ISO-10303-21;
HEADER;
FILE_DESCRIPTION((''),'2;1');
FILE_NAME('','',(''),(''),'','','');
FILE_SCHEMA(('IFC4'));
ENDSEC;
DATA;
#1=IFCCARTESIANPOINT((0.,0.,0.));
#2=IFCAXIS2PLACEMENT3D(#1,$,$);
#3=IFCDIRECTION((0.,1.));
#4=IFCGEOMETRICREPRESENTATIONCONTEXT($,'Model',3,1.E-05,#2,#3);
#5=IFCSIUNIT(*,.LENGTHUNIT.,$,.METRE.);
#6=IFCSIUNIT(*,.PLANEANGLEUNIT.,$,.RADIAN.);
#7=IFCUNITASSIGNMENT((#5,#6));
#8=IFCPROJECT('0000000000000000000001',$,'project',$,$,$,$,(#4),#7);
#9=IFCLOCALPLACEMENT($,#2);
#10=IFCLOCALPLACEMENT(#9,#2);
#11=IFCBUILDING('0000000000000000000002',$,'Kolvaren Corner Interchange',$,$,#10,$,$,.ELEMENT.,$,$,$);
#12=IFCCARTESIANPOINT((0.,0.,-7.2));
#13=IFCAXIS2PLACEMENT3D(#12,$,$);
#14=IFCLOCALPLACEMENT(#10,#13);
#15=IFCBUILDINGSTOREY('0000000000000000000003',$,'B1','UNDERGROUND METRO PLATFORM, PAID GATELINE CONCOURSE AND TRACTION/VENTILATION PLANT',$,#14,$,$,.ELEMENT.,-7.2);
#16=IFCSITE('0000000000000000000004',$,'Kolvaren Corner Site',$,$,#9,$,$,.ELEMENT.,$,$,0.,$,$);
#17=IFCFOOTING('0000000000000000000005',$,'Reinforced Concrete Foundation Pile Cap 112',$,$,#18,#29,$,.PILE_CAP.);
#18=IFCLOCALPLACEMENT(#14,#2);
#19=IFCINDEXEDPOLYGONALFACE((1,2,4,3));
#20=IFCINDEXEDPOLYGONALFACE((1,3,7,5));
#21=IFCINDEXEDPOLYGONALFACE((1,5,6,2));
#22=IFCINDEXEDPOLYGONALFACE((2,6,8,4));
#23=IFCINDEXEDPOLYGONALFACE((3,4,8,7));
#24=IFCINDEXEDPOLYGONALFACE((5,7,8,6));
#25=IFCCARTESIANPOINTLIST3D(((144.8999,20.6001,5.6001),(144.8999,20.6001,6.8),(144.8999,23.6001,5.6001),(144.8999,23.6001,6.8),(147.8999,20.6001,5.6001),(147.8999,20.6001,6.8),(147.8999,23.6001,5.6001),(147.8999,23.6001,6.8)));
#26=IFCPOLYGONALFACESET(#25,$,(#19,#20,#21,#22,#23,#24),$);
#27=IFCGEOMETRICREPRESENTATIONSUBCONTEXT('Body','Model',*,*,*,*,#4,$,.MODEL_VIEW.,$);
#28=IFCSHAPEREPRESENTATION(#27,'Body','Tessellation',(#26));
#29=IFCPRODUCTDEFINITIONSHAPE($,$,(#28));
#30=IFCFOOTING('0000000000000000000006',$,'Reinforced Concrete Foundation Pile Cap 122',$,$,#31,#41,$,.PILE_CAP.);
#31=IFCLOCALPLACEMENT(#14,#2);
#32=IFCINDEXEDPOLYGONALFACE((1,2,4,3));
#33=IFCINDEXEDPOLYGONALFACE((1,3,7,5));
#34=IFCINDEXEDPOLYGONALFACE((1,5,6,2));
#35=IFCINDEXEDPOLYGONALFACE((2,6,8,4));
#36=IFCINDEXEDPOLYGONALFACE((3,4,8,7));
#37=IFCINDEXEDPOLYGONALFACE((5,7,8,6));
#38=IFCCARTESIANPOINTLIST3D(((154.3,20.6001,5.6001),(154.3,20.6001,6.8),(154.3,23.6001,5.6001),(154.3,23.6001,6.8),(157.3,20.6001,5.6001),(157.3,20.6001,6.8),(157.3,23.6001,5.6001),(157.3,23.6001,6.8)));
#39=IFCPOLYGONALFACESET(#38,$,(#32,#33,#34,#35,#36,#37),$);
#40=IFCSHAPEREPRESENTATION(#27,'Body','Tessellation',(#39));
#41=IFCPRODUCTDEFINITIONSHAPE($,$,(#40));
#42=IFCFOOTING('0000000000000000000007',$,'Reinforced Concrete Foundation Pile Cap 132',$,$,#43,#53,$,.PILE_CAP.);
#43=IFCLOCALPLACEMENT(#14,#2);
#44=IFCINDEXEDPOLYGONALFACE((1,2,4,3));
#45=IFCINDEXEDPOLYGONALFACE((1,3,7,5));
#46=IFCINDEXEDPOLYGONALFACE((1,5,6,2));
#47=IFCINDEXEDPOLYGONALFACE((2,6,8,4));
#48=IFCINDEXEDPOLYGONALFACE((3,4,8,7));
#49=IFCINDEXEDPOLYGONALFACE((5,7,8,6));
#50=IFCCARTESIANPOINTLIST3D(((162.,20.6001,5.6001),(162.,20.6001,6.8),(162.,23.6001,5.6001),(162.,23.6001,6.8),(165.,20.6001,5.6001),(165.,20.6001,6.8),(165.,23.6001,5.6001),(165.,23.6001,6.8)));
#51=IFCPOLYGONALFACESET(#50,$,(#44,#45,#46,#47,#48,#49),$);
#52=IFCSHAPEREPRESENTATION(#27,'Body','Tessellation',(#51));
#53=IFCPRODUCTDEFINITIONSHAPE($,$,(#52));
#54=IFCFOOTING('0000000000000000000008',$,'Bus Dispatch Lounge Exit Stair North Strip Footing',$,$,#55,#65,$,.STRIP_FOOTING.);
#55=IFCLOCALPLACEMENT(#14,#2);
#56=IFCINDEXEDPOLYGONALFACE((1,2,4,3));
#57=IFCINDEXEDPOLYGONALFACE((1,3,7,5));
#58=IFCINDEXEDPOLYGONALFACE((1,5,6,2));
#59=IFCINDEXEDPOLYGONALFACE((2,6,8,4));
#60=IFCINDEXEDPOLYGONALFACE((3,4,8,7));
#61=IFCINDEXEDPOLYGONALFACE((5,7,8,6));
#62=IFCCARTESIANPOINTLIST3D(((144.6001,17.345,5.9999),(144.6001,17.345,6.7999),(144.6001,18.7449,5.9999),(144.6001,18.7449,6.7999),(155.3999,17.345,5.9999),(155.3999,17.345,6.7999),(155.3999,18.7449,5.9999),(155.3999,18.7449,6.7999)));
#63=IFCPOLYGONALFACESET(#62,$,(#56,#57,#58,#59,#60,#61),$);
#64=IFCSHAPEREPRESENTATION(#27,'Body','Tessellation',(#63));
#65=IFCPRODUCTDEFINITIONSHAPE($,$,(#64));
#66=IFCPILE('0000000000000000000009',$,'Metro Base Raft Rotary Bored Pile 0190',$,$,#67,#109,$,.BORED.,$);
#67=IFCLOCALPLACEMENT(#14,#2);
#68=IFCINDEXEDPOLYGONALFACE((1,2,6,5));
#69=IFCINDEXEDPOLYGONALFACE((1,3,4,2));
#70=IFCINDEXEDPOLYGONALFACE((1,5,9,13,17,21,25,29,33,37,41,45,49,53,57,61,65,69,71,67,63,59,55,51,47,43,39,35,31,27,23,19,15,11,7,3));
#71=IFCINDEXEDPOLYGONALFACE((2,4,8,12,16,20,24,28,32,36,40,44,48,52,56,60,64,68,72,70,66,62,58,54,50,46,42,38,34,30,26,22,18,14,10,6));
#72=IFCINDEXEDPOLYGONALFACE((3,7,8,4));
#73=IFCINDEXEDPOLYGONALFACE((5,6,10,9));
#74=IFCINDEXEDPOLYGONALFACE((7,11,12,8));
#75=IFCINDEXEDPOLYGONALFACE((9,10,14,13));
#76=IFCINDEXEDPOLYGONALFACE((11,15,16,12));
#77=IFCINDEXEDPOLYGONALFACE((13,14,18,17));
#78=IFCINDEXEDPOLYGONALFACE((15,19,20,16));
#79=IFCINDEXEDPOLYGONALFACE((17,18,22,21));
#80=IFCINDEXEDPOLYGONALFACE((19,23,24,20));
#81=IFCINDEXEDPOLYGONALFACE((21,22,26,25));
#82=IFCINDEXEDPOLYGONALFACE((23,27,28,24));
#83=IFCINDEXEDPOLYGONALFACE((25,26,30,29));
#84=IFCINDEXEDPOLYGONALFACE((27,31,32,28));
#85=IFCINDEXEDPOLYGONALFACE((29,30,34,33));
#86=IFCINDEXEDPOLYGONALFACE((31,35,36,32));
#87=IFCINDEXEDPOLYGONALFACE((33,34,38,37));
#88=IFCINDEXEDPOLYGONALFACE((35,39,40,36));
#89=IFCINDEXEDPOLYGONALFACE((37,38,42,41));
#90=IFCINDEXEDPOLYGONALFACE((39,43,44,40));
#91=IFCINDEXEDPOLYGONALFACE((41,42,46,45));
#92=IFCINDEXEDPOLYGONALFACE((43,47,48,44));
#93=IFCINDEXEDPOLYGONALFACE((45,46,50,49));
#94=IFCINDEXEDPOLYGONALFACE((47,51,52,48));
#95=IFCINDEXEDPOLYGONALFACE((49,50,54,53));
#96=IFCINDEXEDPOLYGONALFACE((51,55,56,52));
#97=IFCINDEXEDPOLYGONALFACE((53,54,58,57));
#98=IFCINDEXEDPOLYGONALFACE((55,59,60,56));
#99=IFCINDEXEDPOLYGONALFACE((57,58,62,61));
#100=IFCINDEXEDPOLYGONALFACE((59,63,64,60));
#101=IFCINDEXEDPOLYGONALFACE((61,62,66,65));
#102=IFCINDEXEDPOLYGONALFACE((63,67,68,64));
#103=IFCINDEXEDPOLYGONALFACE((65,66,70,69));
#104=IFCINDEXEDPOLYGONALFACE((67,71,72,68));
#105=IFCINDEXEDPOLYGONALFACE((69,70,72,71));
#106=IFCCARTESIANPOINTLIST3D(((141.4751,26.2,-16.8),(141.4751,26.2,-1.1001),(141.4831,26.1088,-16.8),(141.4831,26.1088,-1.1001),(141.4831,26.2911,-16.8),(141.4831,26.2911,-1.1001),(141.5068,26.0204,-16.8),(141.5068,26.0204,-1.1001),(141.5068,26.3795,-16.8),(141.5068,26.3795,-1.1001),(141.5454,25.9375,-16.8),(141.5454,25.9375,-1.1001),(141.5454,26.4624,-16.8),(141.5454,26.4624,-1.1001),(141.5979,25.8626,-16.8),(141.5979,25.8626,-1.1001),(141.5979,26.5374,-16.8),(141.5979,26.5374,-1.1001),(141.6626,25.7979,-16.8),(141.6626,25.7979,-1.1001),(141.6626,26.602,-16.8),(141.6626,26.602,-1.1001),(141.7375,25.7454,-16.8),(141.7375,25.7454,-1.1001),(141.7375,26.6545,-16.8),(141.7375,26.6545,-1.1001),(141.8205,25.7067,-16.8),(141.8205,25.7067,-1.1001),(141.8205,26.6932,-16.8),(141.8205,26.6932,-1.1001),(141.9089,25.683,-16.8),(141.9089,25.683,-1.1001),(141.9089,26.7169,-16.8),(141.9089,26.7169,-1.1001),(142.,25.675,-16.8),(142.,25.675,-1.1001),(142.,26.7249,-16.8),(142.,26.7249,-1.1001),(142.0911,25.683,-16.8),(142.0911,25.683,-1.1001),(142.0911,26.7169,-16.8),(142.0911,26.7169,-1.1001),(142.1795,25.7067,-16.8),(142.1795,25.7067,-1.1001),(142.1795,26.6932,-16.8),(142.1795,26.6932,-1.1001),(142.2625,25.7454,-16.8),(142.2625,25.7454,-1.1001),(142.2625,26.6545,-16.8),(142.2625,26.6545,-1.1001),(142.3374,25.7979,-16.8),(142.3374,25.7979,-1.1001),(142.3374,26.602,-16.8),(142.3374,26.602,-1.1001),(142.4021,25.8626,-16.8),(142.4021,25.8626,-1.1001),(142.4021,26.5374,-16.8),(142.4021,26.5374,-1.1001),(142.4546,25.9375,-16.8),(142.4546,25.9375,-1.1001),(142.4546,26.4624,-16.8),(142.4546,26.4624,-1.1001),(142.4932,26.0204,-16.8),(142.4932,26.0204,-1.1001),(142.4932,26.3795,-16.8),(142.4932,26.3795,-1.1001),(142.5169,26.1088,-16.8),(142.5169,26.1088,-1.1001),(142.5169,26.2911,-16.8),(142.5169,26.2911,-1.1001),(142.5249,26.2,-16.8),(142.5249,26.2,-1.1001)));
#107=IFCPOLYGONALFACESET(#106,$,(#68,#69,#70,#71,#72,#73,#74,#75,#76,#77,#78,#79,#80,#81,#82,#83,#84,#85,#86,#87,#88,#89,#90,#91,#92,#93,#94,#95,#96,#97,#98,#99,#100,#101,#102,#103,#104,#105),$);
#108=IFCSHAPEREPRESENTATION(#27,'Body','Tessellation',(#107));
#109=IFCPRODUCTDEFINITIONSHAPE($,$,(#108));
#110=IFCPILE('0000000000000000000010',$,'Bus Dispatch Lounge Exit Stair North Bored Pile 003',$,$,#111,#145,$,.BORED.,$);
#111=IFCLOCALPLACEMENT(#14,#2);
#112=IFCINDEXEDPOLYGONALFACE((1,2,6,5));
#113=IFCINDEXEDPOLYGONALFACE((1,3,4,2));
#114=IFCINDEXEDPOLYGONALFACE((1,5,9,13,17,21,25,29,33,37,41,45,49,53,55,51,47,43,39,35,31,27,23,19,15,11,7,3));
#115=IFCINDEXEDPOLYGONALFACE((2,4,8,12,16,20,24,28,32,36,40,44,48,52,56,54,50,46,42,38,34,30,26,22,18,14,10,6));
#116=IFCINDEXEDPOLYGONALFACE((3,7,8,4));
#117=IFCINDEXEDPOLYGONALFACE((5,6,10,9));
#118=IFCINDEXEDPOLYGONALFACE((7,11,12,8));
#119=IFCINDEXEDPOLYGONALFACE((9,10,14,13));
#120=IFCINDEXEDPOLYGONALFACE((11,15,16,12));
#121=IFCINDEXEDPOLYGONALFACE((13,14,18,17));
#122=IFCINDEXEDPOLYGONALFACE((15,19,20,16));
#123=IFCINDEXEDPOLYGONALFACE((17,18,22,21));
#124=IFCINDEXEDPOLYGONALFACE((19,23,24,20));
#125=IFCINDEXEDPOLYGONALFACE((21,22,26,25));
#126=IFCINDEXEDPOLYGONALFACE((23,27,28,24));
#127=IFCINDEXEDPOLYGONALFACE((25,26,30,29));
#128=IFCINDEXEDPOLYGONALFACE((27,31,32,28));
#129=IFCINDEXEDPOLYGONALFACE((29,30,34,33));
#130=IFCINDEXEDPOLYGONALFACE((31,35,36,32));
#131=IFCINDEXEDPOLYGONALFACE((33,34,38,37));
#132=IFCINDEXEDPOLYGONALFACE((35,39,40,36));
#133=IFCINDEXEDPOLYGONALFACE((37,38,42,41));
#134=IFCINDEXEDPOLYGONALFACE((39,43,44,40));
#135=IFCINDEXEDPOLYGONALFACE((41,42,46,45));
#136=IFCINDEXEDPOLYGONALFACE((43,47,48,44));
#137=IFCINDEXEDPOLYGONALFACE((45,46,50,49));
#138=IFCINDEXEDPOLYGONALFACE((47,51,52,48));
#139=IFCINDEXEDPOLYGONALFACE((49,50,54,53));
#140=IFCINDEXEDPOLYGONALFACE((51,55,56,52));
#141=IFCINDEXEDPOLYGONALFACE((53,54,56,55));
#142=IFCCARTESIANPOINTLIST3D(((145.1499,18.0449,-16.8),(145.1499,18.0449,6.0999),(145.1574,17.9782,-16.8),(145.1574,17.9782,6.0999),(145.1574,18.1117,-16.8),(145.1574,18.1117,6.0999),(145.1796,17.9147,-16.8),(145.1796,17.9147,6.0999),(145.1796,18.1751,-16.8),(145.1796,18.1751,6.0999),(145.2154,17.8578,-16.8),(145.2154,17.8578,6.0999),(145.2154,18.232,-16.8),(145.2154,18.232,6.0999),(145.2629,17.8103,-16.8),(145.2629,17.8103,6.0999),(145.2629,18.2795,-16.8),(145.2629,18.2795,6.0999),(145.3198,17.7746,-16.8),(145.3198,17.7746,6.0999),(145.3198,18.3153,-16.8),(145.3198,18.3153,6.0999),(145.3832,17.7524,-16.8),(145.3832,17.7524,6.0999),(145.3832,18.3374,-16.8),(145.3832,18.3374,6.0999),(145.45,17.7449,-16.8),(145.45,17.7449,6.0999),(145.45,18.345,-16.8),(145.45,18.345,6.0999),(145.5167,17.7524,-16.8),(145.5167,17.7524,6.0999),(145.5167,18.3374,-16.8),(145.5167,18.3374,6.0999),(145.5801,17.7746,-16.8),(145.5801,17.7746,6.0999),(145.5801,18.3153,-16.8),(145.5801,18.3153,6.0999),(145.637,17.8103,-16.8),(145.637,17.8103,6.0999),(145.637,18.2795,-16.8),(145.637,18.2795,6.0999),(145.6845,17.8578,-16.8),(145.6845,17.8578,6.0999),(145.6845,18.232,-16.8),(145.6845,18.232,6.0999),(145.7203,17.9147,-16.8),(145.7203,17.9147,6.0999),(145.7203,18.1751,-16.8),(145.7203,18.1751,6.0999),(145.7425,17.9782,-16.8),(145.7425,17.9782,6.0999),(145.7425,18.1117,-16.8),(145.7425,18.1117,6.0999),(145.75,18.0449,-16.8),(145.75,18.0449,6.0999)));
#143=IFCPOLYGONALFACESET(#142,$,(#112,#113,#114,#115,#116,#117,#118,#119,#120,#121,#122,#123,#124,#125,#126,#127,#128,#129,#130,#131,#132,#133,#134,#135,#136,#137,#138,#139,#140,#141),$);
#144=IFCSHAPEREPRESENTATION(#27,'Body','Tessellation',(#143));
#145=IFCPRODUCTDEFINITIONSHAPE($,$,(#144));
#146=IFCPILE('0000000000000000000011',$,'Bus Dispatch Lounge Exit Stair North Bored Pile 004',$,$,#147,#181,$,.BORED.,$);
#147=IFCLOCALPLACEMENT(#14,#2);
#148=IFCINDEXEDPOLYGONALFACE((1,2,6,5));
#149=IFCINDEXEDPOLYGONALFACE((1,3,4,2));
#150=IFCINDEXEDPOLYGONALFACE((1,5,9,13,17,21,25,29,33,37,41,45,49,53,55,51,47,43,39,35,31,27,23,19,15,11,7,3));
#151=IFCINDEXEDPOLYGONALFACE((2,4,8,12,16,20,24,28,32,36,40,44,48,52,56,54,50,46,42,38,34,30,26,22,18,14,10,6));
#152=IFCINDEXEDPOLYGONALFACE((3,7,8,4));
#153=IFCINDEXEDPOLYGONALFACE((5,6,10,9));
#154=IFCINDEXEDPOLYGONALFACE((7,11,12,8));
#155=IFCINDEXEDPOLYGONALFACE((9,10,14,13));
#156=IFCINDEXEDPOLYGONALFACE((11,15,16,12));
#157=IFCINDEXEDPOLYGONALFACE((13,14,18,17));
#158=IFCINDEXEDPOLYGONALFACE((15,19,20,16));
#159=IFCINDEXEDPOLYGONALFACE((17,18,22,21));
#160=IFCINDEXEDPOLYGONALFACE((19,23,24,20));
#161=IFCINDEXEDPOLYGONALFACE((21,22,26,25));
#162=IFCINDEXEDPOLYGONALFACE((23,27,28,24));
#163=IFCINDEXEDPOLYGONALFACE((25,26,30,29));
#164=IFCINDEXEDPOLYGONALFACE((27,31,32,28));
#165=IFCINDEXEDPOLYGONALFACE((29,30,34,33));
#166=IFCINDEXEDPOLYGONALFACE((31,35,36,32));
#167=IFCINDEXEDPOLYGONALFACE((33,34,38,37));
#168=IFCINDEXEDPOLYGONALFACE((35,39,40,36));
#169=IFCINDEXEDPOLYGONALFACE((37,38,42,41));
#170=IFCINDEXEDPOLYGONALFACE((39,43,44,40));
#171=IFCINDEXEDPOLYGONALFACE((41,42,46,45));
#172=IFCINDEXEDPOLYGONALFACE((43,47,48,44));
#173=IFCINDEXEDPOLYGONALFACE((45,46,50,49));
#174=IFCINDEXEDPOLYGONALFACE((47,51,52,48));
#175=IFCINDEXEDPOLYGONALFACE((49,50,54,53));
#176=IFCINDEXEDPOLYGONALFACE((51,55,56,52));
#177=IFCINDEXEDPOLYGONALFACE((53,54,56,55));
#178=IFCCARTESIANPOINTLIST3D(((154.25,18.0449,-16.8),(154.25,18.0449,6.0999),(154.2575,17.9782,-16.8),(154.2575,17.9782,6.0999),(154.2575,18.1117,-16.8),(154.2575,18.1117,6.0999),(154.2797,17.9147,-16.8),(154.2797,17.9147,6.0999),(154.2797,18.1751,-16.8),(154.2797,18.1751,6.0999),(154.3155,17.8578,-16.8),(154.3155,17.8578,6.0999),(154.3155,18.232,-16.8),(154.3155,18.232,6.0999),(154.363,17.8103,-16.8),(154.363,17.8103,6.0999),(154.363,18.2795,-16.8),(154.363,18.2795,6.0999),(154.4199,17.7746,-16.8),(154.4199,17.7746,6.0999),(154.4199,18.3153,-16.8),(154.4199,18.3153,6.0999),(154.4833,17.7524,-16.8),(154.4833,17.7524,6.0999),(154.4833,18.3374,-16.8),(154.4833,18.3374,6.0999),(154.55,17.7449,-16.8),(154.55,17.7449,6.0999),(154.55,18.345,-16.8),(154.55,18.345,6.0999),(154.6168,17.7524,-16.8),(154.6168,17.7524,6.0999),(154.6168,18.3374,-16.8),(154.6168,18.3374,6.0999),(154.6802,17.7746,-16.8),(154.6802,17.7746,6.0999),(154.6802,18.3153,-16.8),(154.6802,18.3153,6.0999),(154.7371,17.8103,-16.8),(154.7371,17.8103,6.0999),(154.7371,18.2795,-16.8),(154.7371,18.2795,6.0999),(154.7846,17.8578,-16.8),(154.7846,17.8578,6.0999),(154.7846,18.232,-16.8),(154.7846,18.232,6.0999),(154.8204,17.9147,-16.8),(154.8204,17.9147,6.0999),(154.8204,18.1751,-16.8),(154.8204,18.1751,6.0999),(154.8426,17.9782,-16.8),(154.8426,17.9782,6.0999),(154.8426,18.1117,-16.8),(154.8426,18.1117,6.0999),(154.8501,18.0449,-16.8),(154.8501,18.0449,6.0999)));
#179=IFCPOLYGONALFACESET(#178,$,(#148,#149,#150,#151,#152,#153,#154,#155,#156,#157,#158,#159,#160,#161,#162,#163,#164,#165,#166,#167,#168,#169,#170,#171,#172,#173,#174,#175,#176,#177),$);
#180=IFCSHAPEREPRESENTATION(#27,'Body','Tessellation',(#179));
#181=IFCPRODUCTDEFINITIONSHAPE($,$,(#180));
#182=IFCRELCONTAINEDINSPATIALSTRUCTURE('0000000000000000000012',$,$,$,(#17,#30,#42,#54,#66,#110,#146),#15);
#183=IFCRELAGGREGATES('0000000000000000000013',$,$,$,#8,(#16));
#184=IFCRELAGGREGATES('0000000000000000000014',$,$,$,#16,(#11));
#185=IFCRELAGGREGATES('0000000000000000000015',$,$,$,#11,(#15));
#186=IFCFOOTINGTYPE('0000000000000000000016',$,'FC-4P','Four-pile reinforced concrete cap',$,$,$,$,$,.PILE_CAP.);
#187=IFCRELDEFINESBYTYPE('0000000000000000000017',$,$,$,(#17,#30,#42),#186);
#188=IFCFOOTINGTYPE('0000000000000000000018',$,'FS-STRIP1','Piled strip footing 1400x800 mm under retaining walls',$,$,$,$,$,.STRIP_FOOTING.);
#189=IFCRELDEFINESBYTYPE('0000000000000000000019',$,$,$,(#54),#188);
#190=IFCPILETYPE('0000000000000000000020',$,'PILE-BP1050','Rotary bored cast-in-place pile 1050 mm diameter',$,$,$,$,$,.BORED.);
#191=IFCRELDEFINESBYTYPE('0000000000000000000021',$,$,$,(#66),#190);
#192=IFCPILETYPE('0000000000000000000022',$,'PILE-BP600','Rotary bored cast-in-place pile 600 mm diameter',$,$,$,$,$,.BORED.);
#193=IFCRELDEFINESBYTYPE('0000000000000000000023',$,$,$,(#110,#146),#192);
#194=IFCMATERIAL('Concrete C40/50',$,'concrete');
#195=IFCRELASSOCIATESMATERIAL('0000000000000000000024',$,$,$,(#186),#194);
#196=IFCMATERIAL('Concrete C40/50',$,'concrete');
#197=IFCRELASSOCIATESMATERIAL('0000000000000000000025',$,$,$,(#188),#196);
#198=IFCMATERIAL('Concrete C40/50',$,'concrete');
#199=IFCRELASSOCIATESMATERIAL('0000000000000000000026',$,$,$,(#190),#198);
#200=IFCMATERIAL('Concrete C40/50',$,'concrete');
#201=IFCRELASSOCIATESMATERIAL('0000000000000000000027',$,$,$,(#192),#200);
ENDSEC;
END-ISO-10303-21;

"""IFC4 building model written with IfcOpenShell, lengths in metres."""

from ifc_helpers import new_model, si_unit, direction, frame, origin, origin_2d, place, context, subcontext, project, spatial, rectangle, circle, extrude, material, material_profile, profile_set, type_object, element, save


model = new_model("IFC4")

# Units and contexts
model_context = context("Model", 3, precision=1e-05, world=origin(), true_north=direction((0.0, 1.0)))
body_context = subcontext(model_context, "Body", "Model", "MODEL_VIEW")
ifc_project = project(units=[si_unit("LENGTHUNIT", "METRE"), si_unit("PLANEANGLEUNIT", "RADIAN")], contexts=[model_context])

# Site, building, storey
site_placement = place(None, origin())
site = spatial("IfcSite", under=ifc_project, at=site_placement, Name="Kolvaren Corner Site", CompositionType="ELEMENT", RefElevation=0.0)
building_placement = place(site_placement, origin())
building = spatial("IfcBuilding", under=site, at=building_placement, Name="Kolvaren Corner Interchange", CompositionType="ELEMENT")
storey_placement = place(building_placement, frame((0.0, 0.0, -7.2)))
storey = spatial("IfcBuildingStorey", under=building, at=storey_placement, Name="B1", Description="UNDERGROUND METRO PLATFORM, PAID GATELINE CONCOURSE AND TRACTION/VENTILATION PLANT", CompositionType="ELEMENT", Elevation=-7.2)

# Footings
ifc_material_1 = material(Name="Concrete C40/50", Category="concrete")
footing_type_1 = type_object("IfcFootingType", Name="FC-4P", Description="Four-pile reinforced concrete cap", PredefinedType="PILE_CAP", material=ifc_material_1)
for number, where, z_axis, x_axis, name in (
    (1, (146.3999, 22.1001, 5.6001), (0.0, 0.0, 1.0), (1.0, 0.0, 0.0), "Reinforced Concrete Foundation Pile Cap 112"),
    (2, (155.8, 22.1001, 5.6001), (0.0, 0.0, 1.0), (1.0, 0.0, 0.0), "Reinforced Concrete Foundation Pile Cap 122"),
    (3, (163.5, 22.1001, 5.6001), (0.0, 0.0, 1.0), (1.0, 0.0, 0.0), "Reinforced Concrete Foundation Pile Cap 132"),
):
    element("IfcFooting", number, at=place(storey_placement, frame(where, z_axis=z_axis, x_axis=x_axis)), inside=storey, type_object=footing_type_1, Name=name, PredefinedType="PILE_CAP", context=body_context, shape_type="SweptSolid", body=[
        extrude(rectangle(XDim=3.0, YDim=3.0, at=origin_2d()), origin(), (0.0, 0.0, 1.0), 1.2),
    ])
ifc_material_2 = material(Name="Concrete C40/50", Category="concrete")
ifc_material_profile_1 = material_profile(ifc_material_2, rectangle(XDim=1.3999, YDim=0.8, at=origin_2d()), Name="STRIP 1400x800")
ifc_profile_set_1 = profile_set([ifc_material_profile_1], Name="Concrete C40/50")
footing_type_2 = type_object("IfcFootingType", Name="FS-STRIP1", Description="Piled strip footing 1400x800 mm under retaining walls", PredefinedType="STRIP_FOOTING", material=ifc_profile_set_1)
footing_placement = place(storey_placement, frame((144.6001, 18.0449, 6.3999), z_axis=(1.0, 0.0, 0.0), x_axis=(0.0, 1.0, 0.0)))
element("IfcFooting", 4, at=footing_placement, inside=storey, type_object=footing_type_2, Name="Bus Dispatch Lounge Exit Stair North Strip Footing", PredefinedType="STRIP_FOOTING", context=body_context, shape_type="SweptSolid", body=[
    extrude(rectangle(XDim=1.3999, YDim=0.8, at=origin_2d()), origin(), (0.0, 0.0, 1.0), 10.7998),
])

# Piles
ifc_material_3 = material(Name="Concrete C40/50", Category="concrete")
ifc_material_profile_2 = material_profile(ifc_material_3, circle(Radius=0.5249, at=origin_2d()), Name="BORED PILE 1050")
ifc_profile_set_2 = profile_set([ifc_material_profile_2], Name="Concrete C40/50")
pile_type_1 = type_object("IfcPileType", Name="PILE-BP1050", Description="Rotary bored cast-in-place pile 1050 mm diameter", PredefinedType="BORED", material=ifc_profile_set_2)
pile_placement = place(storey_placement, frame((142.0, 26.2, -1.1001), z_axis=(0.0, 0.0, -1.0), x_axis=(1.0, 0.0, 0.0)))
element("IfcPile", 5, at=pile_placement, inside=storey, type_object=pile_type_1, Name="Metro Base Raft Rotary Bored Pile 0190", PredefinedType="BORED", context=body_context, shape_type="SweptSolid", body=[
    extrude(circle(Radius=0.5249, at=origin_2d()), origin(), (0.0, 0.0, 1.0), 15.7),
])
ifc_material_4 = material(Name="Concrete C40/50", Category="concrete")
ifc_material_profile_3 = material_profile(ifc_material_4, circle(Radius=0.3, at=origin_2d()), Name="BORED PILE 600")
ifc_profile_set_3 = profile_set([ifc_material_profile_3], Name="Concrete C40/50")
pile_type_2 = type_object("IfcPileType", Name="PILE-BP600", Description="Rotary bored cast-in-place pile 600 mm diameter", PredefinedType="BORED", material=ifc_profile_set_3)
for number, where, z_axis, x_axis, name in (
    (6, (145.45, 18.0449, 6.0999), (0.0, 0.0, -1.0), (1.0, 0.0, 0.0), "Bus Dispatch Lounge Exit Stair North Bored Pile 003"),
    (7, (154.55, 18.0449, 6.0999), (0.0, 0.0, -1.0), (1.0, 0.0, 0.0), "Bus Dispatch Lounge Exit Stair North Bored Pile 004"),
):
    element("IfcPile", number, at=place(storey_placement, frame(where, z_axis=z_axis, x_axis=x_axis)), inside=storey, type_object=pile_type_2, Name=name, PredefinedType="BORED", context=body_context, shape_type="SweptSolid", body=[
        extrude(circle(Radius=0.3, at=origin_2d()), origin(), (0.0, 0.0, 1.0), 22.8999),
    ])

save(model, "model.ifc")
